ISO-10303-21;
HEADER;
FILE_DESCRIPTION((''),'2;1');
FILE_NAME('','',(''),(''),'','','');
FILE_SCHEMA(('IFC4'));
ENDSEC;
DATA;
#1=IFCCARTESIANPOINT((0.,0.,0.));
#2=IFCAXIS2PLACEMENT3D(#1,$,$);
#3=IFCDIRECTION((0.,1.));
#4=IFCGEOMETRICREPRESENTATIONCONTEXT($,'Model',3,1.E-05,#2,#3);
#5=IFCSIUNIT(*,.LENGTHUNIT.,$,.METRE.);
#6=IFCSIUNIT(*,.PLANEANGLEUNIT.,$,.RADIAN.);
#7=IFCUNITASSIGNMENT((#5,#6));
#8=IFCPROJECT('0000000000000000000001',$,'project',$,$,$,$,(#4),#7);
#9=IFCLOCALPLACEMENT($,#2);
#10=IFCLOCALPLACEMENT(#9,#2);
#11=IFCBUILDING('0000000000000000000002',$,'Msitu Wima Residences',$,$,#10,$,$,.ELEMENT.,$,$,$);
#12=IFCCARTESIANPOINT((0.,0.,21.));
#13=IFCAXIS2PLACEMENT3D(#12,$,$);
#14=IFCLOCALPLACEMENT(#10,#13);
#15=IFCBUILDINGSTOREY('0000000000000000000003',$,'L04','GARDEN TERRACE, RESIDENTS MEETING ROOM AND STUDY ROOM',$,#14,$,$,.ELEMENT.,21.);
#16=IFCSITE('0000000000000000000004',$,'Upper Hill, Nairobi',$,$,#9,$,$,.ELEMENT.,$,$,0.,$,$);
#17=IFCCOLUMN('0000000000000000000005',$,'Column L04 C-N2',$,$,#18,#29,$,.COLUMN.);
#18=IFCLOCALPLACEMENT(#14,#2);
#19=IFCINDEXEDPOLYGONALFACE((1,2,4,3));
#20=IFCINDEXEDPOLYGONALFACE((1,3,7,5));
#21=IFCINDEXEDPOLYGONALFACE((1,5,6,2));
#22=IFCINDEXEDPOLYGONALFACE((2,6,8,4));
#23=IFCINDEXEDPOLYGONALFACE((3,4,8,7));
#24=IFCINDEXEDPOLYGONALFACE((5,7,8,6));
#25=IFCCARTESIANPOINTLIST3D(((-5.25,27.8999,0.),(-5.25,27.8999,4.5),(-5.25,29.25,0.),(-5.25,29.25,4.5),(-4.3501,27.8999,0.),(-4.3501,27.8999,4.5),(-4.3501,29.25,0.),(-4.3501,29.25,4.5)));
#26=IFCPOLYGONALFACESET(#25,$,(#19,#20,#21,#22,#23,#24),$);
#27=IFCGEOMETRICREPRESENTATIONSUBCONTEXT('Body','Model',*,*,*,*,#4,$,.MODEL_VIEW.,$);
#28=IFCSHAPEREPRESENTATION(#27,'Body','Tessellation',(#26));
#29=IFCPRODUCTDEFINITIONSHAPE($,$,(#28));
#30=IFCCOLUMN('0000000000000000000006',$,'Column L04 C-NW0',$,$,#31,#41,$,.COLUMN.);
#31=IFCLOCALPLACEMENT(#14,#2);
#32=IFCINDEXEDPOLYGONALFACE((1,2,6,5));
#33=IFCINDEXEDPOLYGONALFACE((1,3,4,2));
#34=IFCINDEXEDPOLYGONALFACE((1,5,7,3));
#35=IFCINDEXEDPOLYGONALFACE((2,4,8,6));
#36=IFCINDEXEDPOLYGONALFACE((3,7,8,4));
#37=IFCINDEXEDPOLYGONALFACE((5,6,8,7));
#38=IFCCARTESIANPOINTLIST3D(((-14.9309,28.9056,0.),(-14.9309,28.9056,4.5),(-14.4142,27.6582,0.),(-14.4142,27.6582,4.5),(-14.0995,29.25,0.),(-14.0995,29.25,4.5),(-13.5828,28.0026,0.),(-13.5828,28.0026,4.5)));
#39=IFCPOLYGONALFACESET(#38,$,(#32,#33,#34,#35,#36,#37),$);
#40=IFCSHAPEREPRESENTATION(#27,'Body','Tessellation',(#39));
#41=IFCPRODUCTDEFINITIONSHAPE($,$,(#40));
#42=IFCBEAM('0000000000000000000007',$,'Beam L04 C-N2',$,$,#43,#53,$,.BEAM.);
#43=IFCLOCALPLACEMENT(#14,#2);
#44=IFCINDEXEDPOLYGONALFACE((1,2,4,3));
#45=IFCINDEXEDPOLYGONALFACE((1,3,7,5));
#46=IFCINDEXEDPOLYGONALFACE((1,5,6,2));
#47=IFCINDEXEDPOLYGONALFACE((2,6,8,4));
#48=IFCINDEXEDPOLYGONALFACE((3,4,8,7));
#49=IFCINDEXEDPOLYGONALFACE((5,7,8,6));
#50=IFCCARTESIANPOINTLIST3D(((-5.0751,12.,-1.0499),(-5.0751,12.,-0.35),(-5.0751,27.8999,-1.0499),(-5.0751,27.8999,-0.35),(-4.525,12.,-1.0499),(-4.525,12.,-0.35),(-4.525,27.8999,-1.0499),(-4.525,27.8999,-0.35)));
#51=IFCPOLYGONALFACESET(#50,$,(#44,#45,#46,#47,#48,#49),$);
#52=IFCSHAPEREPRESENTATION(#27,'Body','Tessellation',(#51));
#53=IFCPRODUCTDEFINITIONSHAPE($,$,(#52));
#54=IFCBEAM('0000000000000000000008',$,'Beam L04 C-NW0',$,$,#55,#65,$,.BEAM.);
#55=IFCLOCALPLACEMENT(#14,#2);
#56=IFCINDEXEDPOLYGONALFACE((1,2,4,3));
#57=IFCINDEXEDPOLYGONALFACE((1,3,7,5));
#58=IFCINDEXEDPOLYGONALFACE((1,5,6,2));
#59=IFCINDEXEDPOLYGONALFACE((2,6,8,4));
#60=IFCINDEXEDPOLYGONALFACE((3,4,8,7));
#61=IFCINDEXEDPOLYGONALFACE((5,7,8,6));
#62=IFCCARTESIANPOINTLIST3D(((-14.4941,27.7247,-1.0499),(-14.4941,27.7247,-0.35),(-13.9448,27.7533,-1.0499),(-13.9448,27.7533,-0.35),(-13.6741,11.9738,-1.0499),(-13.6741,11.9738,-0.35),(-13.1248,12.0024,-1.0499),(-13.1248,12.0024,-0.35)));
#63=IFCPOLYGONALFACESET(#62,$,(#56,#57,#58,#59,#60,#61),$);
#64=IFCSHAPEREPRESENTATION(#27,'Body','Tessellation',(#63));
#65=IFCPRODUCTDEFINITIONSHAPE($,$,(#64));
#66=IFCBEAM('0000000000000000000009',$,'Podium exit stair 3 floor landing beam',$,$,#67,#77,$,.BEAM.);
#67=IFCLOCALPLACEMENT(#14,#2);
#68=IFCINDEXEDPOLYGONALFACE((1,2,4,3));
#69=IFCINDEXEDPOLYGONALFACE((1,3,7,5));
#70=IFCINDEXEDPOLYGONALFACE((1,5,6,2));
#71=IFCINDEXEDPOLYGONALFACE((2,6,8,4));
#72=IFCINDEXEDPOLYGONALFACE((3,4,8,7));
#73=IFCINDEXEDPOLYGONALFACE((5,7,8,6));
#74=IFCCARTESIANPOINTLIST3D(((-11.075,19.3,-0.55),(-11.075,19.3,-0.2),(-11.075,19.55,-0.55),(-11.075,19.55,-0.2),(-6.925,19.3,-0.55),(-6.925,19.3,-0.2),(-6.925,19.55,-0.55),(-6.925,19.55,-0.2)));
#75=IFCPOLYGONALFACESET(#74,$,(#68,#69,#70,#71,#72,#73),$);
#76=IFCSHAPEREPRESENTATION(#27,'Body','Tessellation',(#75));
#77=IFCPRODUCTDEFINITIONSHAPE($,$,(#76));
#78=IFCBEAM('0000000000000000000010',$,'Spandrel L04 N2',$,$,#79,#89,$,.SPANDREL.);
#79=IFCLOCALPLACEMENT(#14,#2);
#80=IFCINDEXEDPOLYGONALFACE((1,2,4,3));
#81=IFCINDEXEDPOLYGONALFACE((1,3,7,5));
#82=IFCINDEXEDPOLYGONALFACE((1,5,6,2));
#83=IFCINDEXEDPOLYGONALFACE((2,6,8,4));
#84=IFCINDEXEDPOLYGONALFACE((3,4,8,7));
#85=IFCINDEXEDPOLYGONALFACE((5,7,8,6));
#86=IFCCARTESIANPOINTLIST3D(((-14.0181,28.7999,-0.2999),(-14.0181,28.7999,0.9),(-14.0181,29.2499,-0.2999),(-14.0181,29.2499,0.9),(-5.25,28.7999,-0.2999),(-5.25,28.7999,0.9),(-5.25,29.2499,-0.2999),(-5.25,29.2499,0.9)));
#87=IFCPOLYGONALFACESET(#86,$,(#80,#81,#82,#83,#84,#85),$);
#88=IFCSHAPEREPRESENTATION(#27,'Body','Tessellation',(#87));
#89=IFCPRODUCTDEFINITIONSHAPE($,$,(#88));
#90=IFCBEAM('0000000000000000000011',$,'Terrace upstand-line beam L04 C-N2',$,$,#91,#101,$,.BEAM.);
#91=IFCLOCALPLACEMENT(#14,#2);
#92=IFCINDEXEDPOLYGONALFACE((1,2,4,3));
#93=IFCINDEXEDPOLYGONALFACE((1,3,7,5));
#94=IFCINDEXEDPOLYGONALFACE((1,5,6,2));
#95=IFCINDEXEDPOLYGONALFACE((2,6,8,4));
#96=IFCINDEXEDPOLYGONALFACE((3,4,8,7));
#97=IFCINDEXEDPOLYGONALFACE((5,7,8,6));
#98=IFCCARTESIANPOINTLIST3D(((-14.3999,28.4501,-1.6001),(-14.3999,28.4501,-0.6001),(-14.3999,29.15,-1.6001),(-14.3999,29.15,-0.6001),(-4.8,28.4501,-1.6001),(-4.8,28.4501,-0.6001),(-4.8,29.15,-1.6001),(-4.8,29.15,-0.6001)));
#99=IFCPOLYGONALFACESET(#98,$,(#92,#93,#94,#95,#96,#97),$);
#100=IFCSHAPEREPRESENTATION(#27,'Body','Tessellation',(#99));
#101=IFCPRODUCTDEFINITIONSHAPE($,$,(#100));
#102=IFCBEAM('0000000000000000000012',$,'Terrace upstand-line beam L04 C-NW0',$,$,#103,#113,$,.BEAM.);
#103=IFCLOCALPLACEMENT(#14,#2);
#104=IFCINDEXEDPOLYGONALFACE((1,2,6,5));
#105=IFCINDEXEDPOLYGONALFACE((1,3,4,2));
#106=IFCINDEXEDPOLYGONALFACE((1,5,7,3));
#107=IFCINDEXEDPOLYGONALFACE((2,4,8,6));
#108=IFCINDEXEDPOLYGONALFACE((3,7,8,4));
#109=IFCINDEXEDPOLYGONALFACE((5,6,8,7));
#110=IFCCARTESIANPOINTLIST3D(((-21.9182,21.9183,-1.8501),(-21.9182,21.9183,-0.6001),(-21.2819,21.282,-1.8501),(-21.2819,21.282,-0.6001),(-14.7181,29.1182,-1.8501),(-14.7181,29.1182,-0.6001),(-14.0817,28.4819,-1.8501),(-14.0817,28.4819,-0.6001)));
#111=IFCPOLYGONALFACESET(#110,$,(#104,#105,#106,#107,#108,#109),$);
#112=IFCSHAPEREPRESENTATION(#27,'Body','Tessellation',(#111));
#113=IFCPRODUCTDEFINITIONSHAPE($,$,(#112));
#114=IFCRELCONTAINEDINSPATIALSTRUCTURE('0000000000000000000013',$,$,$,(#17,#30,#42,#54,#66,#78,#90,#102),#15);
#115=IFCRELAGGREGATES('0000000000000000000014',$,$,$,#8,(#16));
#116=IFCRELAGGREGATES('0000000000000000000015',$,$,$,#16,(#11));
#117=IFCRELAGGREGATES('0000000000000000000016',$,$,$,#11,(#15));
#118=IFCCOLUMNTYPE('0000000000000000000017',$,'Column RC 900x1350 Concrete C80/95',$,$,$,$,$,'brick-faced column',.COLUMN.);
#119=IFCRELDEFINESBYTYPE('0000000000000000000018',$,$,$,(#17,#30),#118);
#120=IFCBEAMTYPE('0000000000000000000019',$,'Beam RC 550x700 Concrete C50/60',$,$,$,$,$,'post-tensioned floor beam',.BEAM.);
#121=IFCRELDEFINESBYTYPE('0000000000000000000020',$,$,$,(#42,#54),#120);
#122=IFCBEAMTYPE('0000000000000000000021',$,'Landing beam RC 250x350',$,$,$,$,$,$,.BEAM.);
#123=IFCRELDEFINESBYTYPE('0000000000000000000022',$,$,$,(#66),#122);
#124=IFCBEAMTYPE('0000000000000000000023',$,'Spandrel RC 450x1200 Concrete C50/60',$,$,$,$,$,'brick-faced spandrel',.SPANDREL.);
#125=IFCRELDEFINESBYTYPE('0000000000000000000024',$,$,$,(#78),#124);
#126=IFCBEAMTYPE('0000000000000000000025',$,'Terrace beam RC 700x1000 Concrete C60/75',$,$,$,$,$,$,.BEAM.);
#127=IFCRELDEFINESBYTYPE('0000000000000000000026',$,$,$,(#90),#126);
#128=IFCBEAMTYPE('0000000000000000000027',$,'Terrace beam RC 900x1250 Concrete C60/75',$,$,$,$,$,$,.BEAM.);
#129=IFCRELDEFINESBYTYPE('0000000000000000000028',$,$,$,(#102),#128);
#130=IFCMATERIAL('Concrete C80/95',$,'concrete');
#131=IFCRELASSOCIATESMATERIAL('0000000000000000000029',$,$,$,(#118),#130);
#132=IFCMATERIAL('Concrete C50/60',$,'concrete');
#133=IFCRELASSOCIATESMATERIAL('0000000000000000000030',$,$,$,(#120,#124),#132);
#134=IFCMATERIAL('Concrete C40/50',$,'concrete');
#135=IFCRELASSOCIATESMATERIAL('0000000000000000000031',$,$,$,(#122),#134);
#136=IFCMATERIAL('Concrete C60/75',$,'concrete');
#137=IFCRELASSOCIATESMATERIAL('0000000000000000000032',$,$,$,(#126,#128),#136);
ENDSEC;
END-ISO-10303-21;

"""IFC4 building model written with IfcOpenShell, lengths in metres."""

from ifc_helpers import new_model, si_unit, direction, frame, origin, origin_2d, place, context, subcontext, project, spatial, rectangle, extrude, material, material_profile, profile_set, type_object, element, save


model = new_model("IFC4")

# Units and contexts
model_context = context("Model", 3, precision=1e-05, world=origin(), true_north=direction((0.0, 1.0)))
body_context = subcontext(model_context, "Body", "Model", "MODEL_VIEW")
ifc_project = project(units=[si_unit("LENGTHUNIT", "METRE"), si_unit("PLANEANGLEUNIT", "RADIAN")], contexts=[model_context])

# Site, building, storey
site_placement = place(None, origin())
site = spatial("IfcSite", under=ifc_project, at=site_placement, Name="Upper Hill, Nairobi", CompositionType="ELEMENT", RefElevation=0.0)
building_placement = place(site_placement, origin())
building = spatial("IfcBuilding", under=site, at=building_placement, Name="Msitu Wima Residences", CompositionType="ELEMENT")
storey_placement = place(building_placement, frame((0.0, 0.0, 21.0)))
storey = spatial("IfcBuildingStorey", under=building, at=storey_placement, Name="L04", Description="GARDEN TERRACE, RESIDENTS MEETING ROOM AND STUDY ROOM", CompositionType="ELEMENT", Elevation=21.0)

# Columns
ifc_material_1 = material(Name="Concrete C80/95", Category="concrete")
ifc_material_profile_1 = material_profile(ifc_material_1, rectangle(XDim=0.8999, YDim=1.3501, at=origin_2d()), Name="RC 900x1350")
ifc_profile_set_1 = profile_set([ifc_material_profile_1], Name="Concrete C80/95")
column_type = type_object("IfcColumnType", Name="Column RC 900x1350 Concrete C80/95", ElementType="brick-faced column", PredefinedType="COLUMN", material=ifc_profile_set_1)
for number, where, z_axis, x_axis, name in (
    (1, (-4.8, 28.575, 0.0), (0.0, 0.0, 1.0), (-1.0, 0.0, 0.0), "Column L04 C-N2"),
    (2, (-14.2568, 28.4541, 0.0), (0.0, 0.0, 1.0), (-0.92388, -0.382683, 0.0), "Column L04 C-NW0"),
):
    element("IfcColumn", number, at=place(storey_placement, frame(where, z_axis=z_axis, x_axis=x_axis)), inside=storey, type_object=column_type, Name=name, PredefinedType="COLUMN", context=body_context, shape_type="SweptSolid", body=[
        extrude(rectangle(XDim=0.8999, YDim=1.3501, at=origin_2d()), origin(), (0.0, 0.0, 1.0), 4.5),
    ])

# Beams
ifc_material_2 = material(Name="Concrete C50/60", Category="concrete")
ifc_material_profile_2 = material_profile(ifc_material_2, rectangle(XDim=0.55, YDim=0.7, at=origin_2d()), Name="RC 550x700")
ifc_profile_set_2 = profile_set([ifc_material_profile_2], Name="Concrete C50/60")
beam_type_1 = type_object("IfcBeamType", Name="Beam RC 550x700 Concrete C50/60", ElementType="post-tensioned floor beam", PredefinedType="BEAM", material=ifc_profile_set_2)
beam_1_placement = place(storey_placement, frame((-4.8, 27.8999, -0.7), z_axis=(0.0, -1.0, 0.0), x_axis=(1.0, 0.0, 0.0)))
element("IfcBeam", 3, at=beam_1_placement, inside=storey, type_object=beam_type_1, Name="Beam L04 C-N2", PredefinedType="BEAM", context=body_context, shape_type="SweptSolid", body=[
    extrude(rectangle(XDim=0.55, YDim=0.7, at=origin_2d()), origin(), (0.0, 0.0, 1.0), 15.8999),
])
beam_2_placement = place(storey_placement, frame((-14.2195, 27.739, -0.7), z_axis=(0.051994, -0.998647, 0.0), x_axis=(0.998647, 0.051994, 0.0)))
element("IfcBeam", 4, at=beam_2_placement, inside=storey, type_object=beam_type_1, Name="Beam L04 C-NW0", PredefinedType="BEAM", context=body_context, shape_type="SweptSolid", body=[
    extrude(rectangle(XDim=0.55, YDim=0.7, at=origin_2d()), origin(), (0.0, 0.0, 1.0), 15.7722),
])
ifc_material_3 = material(Name="Concrete C40/50", Category="concrete")
ifc_material_profile_3 = material_profile(ifc_material_3, rectangle(XDim=0.25, YDim=0.3501, at=origin_2d()), Name="RC 250x350")
ifc_profile_set_3 = profile_set([ifc_material_profile_3], Name="Concrete C40/50")
beam_type_2 = type_object("IfcBeamType", Name="Landing beam RC 250x350", PredefinedType="BEAM", material=ifc_profile_set_3)
beam_3_placement = place(storey_placement, frame((-6.925, 19.425, -0.375), z_axis=(-1.0, 0.0, 0.0), x_axis=(0.0, -1.0, 0.0)))
element("IfcBeam", 5, at=beam_3_placement, inside=storey, type_object=beam_type_2, Name="Podium exit stair 3 floor landing beam", PredefinedType="BEAM", context=body_context, shape_type="SweptSolid", body=[
    extrude(rectangle(XDim=0.25, YDim=0.3501, at=origin_2d()), origin(), (0.0, 0.0, 1.0), 4.1499),
])
ifc_material_profile_4 = material_profile(ifc_material_2, rectangle(XDim=0.45, YDim=1.2, at=origin_2d()), Name="RC 450x1200")
ifc_profile_set_4 = profile_set([ifc_material_profile_4], Name="Concrete C50/60")
beam_type_3 = type_object("IfcBeamType", Name="Spandrel RC 450x1200 Concrete C50/60", ElementType="brick-faced spandrel", PredefinedType="SPANDREL", material=ifc_profile_set_4)
beam_4_placement = place(storey_placement, frame((-5.25, 29.0249, 0.3), z_axis=(-1.0, 0.0, 0.0), x_axis=(0.0, -1.0, 0.0)))
element("IfcBeam", 6, at=beam_4_placement, inside=storey, type_object=beam_type_3, Name="Spandrel L04 N2", PredefinedType="SPANDREL", context=body_context, shape_type="SweptSolid", body=[
    extrude(rectangle(XDim=0.45, YDim=1.2, at=origin_2d()), origin(), (0.0, 0.0, 1.0), 8.7681),
])
ifc_material_4 = material(Name="Concrete C60/75", Category="concrete")
ifc_material_profile_5 = material_profile(ifc_material_4, rectangle(XDim=0.7, YDim=1.0, at=origin_2d()), Name="RC 700x1000")
ifc_profile_set_5 = profile_set([ifc_material_profile_5], Name="Concrete C60/75")
beam_type_4 = type_object("IfcBeamType", Name="Terrace beam RC 700x1000 Concrete C60/75", PredefinedType="BEAM", material=ifc_profile_set_5)
beam_5_placement = place(storey_placement, frame((-4.8, 28.8, -1.1001), z_axis=(-1.0, 0.0, 0.0), x_axis=(0.0, -1.0, 0.0)))
element("IfcBeam", 7, at=beam_5_placement, inside=storey, type_object=beam_type_4, Name="Terrace upstand-line beam L04 C-N2", PredefinedType="BEAM", context=body_context, shape_type="SweptSolid", body=[
    extrude(rectangle(XDim=0.7, YDim=1.0, at=origin_2d()), origin(), (0.0, 0.0, 1.0), 9.5999),
])
ifc_material_profile_6 = material_profile(ifc_material_4, rectangle(XDim=0.8999, YDim=1.25, at=origin_2d()), Name="RC 900x1250")
ifc_profile_set_6 = profile_set([ifc_material_profile_6], Name="Concrete C60/75")
beam_type_5 = type_object("IfcBeamType", Name="Terrace beam RC 900x1250 Concrete C60/75", PredefinedType="BEAM", material=ifc_profile_set_6)
beam_6_placement = place(storey_placement, frame((-14.3999, 28.8, -1.2251), z_axis=(-0.707119, -0.707095, 0.0), x_axis=(0.707095, -0.707119, 0.0)))
element("IfcBeam", 8, at=beam_6_placement, inside=storey, type_object=beam_type_5, Name="Terrace upstand-line beam L04 C-NW0", PredefinedType="BEAM", context=body_context, shape_type="SweptSolid", body=[
    extrude(rectangle(XDim=0.8999, YDim=1.25, at=origin_2d()), origin(), (0.0, 0.0, 1.0), 10.1824),
])

save(model, "model.ifc")
